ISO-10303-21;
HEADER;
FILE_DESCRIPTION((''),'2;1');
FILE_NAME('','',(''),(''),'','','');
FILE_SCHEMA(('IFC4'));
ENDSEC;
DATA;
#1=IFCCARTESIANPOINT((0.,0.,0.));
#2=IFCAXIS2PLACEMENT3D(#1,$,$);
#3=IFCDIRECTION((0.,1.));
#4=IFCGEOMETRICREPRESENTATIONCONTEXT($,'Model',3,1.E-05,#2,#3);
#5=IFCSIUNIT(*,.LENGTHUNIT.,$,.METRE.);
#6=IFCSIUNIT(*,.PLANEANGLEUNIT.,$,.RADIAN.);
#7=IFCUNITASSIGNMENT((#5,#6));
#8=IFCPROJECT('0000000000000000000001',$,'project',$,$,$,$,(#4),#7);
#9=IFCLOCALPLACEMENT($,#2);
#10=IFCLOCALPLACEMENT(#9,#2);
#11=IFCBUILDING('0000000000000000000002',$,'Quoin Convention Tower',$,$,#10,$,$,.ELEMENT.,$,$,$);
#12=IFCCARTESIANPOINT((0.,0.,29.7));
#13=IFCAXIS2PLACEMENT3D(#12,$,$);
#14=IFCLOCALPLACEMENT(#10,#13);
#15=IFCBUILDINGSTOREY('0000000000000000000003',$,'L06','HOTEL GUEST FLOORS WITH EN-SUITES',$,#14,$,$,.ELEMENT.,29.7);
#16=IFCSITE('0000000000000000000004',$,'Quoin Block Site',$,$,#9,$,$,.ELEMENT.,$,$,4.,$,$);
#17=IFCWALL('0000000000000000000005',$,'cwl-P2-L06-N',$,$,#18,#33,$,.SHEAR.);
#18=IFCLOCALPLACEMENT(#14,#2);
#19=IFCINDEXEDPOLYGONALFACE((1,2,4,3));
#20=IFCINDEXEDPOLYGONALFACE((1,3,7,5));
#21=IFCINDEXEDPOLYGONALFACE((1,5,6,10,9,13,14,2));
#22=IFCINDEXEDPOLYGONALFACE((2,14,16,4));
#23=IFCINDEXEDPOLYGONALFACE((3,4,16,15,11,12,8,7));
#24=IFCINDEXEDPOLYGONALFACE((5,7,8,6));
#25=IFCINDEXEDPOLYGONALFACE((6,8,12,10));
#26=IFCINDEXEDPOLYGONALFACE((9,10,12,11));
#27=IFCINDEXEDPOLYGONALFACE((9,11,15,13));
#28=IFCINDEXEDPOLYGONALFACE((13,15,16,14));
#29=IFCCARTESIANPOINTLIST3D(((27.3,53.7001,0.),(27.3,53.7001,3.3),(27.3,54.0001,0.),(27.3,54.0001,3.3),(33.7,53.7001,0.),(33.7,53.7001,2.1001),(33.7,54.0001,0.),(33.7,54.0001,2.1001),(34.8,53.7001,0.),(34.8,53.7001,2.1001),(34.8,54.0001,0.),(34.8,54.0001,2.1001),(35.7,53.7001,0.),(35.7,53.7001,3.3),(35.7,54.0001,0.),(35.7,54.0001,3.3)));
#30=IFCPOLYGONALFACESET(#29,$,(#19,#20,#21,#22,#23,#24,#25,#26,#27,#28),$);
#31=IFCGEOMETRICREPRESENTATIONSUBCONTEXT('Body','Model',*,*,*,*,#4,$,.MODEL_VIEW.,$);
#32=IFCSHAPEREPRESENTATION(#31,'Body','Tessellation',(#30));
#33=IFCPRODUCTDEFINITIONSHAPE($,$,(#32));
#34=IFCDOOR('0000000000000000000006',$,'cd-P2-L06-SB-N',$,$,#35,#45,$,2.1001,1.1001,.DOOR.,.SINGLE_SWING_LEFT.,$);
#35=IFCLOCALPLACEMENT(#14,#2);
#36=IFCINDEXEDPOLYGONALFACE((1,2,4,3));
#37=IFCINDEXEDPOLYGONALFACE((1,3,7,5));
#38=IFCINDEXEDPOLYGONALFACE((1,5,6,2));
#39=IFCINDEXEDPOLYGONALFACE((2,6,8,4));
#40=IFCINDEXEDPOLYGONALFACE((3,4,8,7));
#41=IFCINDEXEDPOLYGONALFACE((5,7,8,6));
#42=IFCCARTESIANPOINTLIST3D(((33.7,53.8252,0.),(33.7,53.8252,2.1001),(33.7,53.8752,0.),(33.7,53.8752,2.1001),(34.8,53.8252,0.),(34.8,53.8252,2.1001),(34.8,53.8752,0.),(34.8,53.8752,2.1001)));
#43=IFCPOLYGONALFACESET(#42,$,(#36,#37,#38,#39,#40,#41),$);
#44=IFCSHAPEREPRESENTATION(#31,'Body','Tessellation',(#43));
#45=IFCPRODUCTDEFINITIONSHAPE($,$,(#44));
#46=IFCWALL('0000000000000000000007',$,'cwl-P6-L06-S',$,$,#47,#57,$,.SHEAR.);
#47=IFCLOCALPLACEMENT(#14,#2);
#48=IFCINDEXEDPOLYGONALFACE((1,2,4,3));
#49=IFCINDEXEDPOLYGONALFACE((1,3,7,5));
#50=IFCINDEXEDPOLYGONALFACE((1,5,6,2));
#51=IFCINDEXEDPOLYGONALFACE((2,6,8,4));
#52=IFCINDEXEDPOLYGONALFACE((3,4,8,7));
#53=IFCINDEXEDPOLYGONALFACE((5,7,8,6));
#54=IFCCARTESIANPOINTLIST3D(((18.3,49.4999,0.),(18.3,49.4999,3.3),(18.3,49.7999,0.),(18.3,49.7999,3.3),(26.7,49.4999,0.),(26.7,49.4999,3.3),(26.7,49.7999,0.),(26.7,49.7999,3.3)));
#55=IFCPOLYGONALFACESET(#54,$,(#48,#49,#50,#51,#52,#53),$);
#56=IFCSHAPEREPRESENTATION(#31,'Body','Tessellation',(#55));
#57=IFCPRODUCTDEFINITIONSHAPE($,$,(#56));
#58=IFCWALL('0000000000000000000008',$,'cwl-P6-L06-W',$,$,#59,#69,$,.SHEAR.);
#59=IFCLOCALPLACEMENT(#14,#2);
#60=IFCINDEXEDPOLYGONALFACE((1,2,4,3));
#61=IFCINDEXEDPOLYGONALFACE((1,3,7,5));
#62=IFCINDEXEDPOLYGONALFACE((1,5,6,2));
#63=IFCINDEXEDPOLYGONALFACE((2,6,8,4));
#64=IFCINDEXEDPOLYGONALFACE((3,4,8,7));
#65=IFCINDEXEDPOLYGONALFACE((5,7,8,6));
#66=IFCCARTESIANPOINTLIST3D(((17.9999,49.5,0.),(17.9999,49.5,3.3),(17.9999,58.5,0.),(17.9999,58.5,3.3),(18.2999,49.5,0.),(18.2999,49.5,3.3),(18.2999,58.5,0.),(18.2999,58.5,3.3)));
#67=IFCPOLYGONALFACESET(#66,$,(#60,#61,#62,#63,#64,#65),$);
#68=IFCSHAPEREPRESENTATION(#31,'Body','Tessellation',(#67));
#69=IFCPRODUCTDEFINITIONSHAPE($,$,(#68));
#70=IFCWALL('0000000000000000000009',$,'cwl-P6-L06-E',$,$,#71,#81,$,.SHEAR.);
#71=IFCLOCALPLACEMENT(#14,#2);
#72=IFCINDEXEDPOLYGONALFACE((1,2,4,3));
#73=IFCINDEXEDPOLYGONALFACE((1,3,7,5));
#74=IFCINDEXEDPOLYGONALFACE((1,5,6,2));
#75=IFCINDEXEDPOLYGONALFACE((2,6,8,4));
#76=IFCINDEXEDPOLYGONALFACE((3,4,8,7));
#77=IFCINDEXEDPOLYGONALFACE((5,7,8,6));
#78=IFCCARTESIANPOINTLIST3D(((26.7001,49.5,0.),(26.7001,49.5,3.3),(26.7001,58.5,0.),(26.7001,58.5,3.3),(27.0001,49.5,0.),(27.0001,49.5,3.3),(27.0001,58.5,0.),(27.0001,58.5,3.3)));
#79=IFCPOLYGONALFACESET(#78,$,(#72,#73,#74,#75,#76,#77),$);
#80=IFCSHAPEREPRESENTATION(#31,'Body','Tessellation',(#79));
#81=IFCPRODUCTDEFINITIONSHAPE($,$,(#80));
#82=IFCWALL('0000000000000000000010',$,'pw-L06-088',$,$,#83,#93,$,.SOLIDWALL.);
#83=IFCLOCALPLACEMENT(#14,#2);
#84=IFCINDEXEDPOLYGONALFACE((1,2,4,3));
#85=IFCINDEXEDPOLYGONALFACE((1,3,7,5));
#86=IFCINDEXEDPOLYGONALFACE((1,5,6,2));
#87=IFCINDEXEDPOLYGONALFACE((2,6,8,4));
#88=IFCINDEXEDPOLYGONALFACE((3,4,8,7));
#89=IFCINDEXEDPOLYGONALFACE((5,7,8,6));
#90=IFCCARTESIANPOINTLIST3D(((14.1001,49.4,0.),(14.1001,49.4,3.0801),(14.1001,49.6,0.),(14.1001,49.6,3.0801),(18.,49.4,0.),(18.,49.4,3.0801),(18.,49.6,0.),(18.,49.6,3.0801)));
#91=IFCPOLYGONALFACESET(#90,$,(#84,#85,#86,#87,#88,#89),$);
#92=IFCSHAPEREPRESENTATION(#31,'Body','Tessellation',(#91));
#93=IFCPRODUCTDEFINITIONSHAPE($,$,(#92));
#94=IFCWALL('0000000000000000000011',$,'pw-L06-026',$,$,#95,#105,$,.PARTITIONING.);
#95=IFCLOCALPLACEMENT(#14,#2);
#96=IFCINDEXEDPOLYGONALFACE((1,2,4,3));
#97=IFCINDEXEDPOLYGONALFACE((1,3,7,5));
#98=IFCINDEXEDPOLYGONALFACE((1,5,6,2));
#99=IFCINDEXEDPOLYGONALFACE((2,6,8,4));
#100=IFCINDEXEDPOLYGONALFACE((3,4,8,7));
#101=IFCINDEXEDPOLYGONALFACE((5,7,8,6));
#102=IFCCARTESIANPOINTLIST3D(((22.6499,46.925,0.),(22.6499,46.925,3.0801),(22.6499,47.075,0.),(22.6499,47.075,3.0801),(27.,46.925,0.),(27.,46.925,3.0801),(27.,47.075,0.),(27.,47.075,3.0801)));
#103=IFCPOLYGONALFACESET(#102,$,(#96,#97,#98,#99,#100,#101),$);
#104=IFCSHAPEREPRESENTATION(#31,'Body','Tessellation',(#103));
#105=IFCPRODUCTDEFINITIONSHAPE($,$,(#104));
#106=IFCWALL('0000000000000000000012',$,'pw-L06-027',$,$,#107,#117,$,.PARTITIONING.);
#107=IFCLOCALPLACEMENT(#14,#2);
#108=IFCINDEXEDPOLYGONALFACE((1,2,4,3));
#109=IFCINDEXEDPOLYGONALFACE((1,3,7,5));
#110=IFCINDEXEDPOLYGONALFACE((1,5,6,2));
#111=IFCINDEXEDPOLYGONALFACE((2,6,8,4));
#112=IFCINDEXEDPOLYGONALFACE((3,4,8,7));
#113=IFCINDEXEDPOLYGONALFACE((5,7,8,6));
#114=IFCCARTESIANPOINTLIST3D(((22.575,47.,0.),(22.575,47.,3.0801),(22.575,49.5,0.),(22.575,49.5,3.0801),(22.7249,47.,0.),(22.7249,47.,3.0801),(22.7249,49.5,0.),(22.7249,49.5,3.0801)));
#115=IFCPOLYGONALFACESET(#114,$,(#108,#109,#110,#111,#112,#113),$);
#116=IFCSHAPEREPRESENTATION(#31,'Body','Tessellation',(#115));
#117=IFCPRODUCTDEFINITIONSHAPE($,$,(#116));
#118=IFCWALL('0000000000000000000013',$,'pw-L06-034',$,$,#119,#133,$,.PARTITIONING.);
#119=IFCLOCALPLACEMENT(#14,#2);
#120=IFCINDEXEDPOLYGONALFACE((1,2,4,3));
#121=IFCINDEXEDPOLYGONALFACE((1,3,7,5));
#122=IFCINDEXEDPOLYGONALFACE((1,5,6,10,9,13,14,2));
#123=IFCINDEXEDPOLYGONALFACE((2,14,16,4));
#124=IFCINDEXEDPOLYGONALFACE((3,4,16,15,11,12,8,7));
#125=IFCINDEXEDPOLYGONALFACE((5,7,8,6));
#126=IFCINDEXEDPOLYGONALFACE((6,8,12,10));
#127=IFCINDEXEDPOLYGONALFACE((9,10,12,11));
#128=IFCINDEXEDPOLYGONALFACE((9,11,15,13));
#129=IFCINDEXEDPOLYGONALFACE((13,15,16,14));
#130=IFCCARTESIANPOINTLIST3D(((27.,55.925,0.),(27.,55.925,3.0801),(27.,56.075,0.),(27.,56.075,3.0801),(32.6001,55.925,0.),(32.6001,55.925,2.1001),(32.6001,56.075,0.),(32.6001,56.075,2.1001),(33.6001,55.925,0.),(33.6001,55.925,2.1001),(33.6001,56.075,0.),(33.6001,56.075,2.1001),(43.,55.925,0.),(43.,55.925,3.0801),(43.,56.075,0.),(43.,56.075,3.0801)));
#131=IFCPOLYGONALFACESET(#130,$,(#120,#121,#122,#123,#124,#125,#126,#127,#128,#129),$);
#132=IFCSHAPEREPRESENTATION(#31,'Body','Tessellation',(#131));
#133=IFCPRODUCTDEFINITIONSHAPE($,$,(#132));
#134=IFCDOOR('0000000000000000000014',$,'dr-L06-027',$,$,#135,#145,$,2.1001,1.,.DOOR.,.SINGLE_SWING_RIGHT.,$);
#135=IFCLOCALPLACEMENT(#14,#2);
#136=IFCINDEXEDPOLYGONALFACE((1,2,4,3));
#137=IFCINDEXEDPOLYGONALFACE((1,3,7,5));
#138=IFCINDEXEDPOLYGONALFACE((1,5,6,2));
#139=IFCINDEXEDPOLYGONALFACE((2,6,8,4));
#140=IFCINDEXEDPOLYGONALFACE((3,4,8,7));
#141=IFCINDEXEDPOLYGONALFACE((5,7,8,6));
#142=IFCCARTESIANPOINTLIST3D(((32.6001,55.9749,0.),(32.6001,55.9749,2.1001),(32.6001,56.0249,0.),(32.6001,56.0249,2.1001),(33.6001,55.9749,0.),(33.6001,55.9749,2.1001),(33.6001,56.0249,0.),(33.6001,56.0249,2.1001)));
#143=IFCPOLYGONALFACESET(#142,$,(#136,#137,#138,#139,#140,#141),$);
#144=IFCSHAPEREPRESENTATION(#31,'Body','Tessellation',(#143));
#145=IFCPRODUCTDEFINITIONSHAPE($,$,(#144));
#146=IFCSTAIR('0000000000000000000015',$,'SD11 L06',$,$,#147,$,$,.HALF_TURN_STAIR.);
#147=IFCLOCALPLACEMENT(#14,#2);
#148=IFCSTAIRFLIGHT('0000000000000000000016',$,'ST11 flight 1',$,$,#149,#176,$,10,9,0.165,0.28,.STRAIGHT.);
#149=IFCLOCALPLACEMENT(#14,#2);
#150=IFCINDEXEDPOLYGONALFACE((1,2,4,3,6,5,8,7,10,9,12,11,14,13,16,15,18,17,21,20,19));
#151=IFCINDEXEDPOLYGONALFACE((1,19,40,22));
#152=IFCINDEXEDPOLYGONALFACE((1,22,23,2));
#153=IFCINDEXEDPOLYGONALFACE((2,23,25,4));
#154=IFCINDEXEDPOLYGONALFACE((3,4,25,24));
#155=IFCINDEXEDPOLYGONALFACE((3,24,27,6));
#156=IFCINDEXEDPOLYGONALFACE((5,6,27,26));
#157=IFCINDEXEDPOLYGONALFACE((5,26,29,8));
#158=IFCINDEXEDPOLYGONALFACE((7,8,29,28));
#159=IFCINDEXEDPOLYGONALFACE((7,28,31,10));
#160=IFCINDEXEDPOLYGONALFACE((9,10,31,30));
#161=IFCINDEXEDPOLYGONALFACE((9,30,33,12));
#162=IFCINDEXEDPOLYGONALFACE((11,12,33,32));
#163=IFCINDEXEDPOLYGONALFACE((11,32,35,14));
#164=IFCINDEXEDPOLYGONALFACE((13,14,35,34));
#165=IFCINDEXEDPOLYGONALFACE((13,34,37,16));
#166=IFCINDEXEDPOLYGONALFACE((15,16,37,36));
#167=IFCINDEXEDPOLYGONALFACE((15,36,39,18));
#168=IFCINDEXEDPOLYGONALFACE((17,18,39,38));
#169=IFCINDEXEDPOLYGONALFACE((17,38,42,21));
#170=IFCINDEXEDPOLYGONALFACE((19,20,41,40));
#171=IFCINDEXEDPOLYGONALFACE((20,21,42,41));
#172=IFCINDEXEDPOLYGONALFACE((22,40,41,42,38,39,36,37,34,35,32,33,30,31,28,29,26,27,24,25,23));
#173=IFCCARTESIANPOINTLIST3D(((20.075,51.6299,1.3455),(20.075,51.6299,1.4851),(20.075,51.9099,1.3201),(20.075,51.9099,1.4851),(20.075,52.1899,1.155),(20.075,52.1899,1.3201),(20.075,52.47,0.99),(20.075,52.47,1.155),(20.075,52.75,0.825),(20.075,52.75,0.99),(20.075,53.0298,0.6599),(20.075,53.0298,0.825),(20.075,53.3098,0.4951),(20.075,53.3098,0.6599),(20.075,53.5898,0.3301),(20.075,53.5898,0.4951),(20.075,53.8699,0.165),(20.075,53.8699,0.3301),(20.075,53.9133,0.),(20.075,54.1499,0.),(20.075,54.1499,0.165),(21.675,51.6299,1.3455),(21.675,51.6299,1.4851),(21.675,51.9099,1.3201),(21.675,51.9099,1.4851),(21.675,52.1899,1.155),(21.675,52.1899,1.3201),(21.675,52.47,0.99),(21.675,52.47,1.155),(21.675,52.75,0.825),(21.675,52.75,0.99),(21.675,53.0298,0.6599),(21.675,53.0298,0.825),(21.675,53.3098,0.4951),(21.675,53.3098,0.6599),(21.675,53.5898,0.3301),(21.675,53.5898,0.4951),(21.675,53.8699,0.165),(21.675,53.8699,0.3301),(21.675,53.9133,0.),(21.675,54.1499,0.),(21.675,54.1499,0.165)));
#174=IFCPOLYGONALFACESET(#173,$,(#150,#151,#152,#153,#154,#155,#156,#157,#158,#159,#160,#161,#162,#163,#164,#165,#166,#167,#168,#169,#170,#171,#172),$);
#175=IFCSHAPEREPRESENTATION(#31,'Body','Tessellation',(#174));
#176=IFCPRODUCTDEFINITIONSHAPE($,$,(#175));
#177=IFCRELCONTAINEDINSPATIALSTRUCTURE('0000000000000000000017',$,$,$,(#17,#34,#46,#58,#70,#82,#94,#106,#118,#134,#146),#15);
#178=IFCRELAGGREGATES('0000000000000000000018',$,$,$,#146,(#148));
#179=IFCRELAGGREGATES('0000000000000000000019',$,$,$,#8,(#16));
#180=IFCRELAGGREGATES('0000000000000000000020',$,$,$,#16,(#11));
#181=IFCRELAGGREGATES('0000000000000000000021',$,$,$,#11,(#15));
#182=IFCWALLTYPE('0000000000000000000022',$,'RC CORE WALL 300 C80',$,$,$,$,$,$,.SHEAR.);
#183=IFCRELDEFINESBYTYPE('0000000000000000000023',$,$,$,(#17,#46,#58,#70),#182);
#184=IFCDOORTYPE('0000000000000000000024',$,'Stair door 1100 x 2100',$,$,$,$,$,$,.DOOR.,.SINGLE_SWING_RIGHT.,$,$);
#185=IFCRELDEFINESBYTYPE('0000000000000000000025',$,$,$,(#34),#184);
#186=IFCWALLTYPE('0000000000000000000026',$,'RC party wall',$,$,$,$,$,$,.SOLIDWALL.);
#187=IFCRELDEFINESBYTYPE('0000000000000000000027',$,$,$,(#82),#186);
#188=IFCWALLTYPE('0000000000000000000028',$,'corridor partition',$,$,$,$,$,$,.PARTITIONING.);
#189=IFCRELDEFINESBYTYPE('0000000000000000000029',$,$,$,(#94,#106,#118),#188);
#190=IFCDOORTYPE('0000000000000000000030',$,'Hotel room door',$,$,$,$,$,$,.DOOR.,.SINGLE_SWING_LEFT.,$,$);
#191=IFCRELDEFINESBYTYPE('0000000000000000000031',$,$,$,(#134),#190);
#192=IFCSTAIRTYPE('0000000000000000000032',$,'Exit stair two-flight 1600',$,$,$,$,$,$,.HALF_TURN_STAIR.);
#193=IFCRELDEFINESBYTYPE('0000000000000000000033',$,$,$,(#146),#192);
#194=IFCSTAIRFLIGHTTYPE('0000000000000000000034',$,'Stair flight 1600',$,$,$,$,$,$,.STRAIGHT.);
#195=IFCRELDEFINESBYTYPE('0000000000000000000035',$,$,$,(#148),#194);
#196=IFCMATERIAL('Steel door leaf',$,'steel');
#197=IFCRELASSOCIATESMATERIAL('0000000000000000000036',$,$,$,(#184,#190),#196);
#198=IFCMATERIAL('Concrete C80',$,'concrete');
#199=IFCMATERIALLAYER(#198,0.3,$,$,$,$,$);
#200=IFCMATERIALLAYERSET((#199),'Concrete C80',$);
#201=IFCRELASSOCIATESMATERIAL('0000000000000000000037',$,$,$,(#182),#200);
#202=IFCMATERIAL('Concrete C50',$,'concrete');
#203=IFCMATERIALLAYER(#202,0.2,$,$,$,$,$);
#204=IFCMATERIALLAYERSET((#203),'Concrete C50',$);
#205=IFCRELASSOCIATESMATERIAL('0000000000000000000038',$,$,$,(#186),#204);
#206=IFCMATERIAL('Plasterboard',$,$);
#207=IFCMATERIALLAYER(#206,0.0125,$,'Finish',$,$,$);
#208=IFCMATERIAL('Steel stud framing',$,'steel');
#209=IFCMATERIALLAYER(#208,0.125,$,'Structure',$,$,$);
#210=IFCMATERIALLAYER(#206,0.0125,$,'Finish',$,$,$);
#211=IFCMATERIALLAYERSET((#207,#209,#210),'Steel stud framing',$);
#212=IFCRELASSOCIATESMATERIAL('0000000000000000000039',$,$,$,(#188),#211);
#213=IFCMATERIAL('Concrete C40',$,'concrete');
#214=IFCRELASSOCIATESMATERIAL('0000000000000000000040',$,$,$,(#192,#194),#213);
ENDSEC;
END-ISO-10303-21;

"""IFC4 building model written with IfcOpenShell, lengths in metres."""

from ifc_helpers import new_model, si_unit, direction, frame, frame_2d, origin, place, context, subcontext, project, spatial, polyline, rectangle, outline, extrude, material, layer, layer_set, type_object, element, fill, aggregate, save


model = new_model("IFC4")

# Units and contexts
model_context = context("Model", 3, precision=1e-05, world=origin(), true_north=direction((0.0, 1.0)))
body_context = subcontext(model_context, "Body", "Model", "MODEL_VIEW")
ifc_project = project(units=[si_unit("LENGTHUNIT", "METRE"), si_unit("PLANEANGLEUNIT", "RADIAN")], contexts=[model_context])

# Site, building, storey
site_placement = place(None, origin())
site = spatial("IfcSite", under=ifc_project, at=site_placement, Name="Quoin Block Site", CompositionType="ELEMENT", RefElevation=4.0)
building_placement = place(site_placement, origin())
building = spatial("IfcBuilding", under=site, at=building_placement, Name="Quoin Convention Tower", CompositionType="ELEMENT")
storey_placement = place(building_placement, frame((0.0, 0.0, 29.7)))
storey = spatial("IfcBuildingStorey", under=building, at=storey_placement, Name="L06", Description="HOTEL GUEST FLOORS WITH EN-SUITES", CompositionType="ELEMENT", Elevation=29.7)

# Shared definitions
ifc_material_1 = material(Name="Concrete C80", Category="concrete")

# Shared definitions
ifc_material_2 = material(Name="Concrete C50", Category="concrete")

# Shared definitions
ifc_material_3 = material(Name="Steel door leaf", Category="steel")
door_type_1 = type_object("IfcDoorType", Name="Stair door 1100 x 2100", OperationType="SINGLE_SWING_RIGHT", PredefinedType="DOOR", material=ifc_material_3)

# Wall, opening, door
ifc_layer_1 = layer(ifc_material_1, 0.3)
ifc_layer_set_1 = layer_set([ifc_layer_1], Name="Concrete C80")
wall_type_1 = type_object("IfcWallType", Name="RC CORE WALL 300 C80", PredefinedType="SHEAR", material=ifc_layer_set_1)
wall_1_placement = place(storey_placement, frame((27.3, 53.8501, 0.0), z_axis=(0.0, 0.0, 1.0), x_axis=(1.0, 0.0, 0.0)))
wall_1 = element("IfcWall", 1, at=wall_1_placement, inside=storey, type_object=wall_type_1, Name="cwl-P2-L06-N", PredefinedType="SHEAR", context=body_context, shape_type="SweptSolid", body=[
    extrude(rectangle(XDim=8.3999, YDim=0.3, at=frame_2d((4.2, 0.0))), origin(), (0.0, 0.0, 1.0), 3.3),
])
opening_1_placement = place(wall_1_placement, frame((6.3999, 0.0, 0.0)))
opening_1 = element("IfcOpeningElement", 2, at=opening_1_placement, cuts=wall_1, PredefinedType="OPENING", context=body_context, shape_type="SweptSolid", body=[
    extrude(rectangle(XDim=1.1001, YDim=2.1001, at=frame_2d((0.55, 1.05))), frame((0.0, 0.1599, 0.0), z_axis=(0.0, -1.0, 0.0), x_axis=(1.0, 0.0, 0.0)), (0.0, 0.0, 1.0), 0.3201),
])
door_1_placement = place(opening_1_placement, frame((1.1001, 0.0, 0.0), z_axis=(0.0, 0.0, 1.0), x_axis=(-1.0, 0.0, 0.0)))
door_1 = element("IfcDoor", 3, at=door_1_placement, inside=storey, type_object=door_type_1, Name="cd-P2-L06-SB-N", OperationType="SINGLE_SWING_LEFT", OverallHeight=2.1001, OverallWidth=1.1001, PredefinedType="DOOR", context=body_context, shape_type="SweptSolid", body=[
    extrude(rectangle(XDim=1.1001, YDim=2.1001, at=frame_2d((0.55, 1.05))), frame((0.0, 0.0249, 0.0), z_axis=(0.0, -1.0, 0.0), x_axis=(1.0, 0.0, 0.0)), (0.0, 0.0, 1.0), 0.05),
])
fill(opening_1, door_1)

# Walls
wall_2_placement = place(storey_placement, frame((18.3, 49.6499, 0.0), z_axis=(0.0, 0.0, 1.0), x_axis=(1.0, 0.0, 0.0)))
element("IfcWall", 4, at=wall_2_placement, inside=storey, type_object=wall_type_1, Name="cwl-P6-L06-S", PredefinedType="SHEAR", context=body_context, shape_type="SweptSolid", body=[
    extrude(rectangle(XDim=8.3999, YDim=0.3, at=frame_2d((4.2, 0.0))), origin(), (0.0, 0.0, 1.0), 3.3),
])
for number, where, z_axis, x_axis, name in (
    (5, (18.1499, 49.5, 0.0), (0.0, 0.0, 1.0), (0.0, 1.0, 0.0), "cwl-P6-L06-W"),
    (6, (26.8501, 49.5, 0.0), (0.0, 0.0, 1.0), (0.0, 1.0, 0.0), "cwl-P6-L06-E"),
):
    element("IfcWall", number, at=place(storey_placement, frame(where, z_axis=z_axis, x_axis=x_axis)), inside=storey, type_object=wall_type_1, Name=name, PredefinedType="SHEAR", context=body_context, shape_type="SweptSolid", body=[
        extrude(rectangle(XDim=9.0, YDim=0.3, at=frame_2d((4.5, 0.0))), origin(), (0.0, 0.0, 1.0), 3.3),
    ])
ifc_layer_2 = layer(ifc_material_2, 0.2)
ifc_layer_set_2 = layer_set([ifc_layer_2], Name="Concrete C50")
wall_type_2 = type_object("IfcWallType", Name="RC party wall", PredefinedType="SOLIDWALL", material=ifc_layer_set_2)
wall_3_placement = place(storey_placement, frame((14.1001, 49.5, 0.0), z_axis=(0.0, 0.0, 1.0), x_axis=(1.0, 0.0, 0.0)))
element("IfcWall", 7, at=wall_3_placement, inside=storey, type_object=wall_type_2, Name="pw-L06-088", PredefinedType="SOLIDWALL", context=body_context, shape_type="SweptSolid", body=[
    extrude(rectangle(XDim=3.8999, YDim=0.2, at=frame_2d((1.95, 0.0))), origin(), (0.0, 0.0, 1.0), 3.0801),
])
ifc_material_4 = material(Name="Plasterboard")
ifc_layer_3 = layer(ifc_material_4, 0.0125, Name="Finish")
ifc_material_5 = material(Name="Steel stud framing", Category="steel")
ifc_layer_4 = layer(ifc_material_5, 0.125, Name="Structure")
ifc_layer_5 = layer(ifc_material_4, 0.0125, Name="Finish")
ifc_layer_set_3 = layer_set([ifc_layer_3, ifc_layer_4, ifc_layer_5], Name="Steel stud framing")
wall_type_3 = type_object("IfcWallType", Name="corridor partition", PredefinedType="PARTITIONING", material=ifc_layer_set_3)
wall_4_placement = place(storey_placement, frame((22.6499, 47.0, 0.0), z_axis=(0.0, 0.0, 1.0), x_axis=(1.0, 0.0, 0.0)))
element("IfcWall", 8, at=wall_4_placement, inside=storey, type_object=wall_type_3, Name="pw-L06-026", PredefinedType="PARTITIONING", context=body_context, shape_type="SweptSolid", body=[
    extrude(rectangle(XDim=4.3501, YDim=0.1499, at=frame_2d((2.175, 0.0))), origin(), (0.0, 0.0, 1.0), 3.0801),
])
wall_5_placement = place(storey_placement, frame((22.6499, 47.0, 0.0), z_axis=(0.0, 0.0, 1.0), x_axis=(0.0, 1.0, 0.0)))
element("IfcWall", 9, at=wall_5_placement, inside=storey, type_object=wall_type_3, Name="pw-L06-027", PredefinedType="PARTITIONING", context=body_context, shape_type="SweptSolid", body=[
    extrude(rectangle(XDim=2.5, YDim=0.1499, at=frame_2d((1.25, 0.0))), origin(), (0.0, 0.0, 1.0), 3.0801),
])

# Wall, opening, door
wall_6_placement = place(storey_placement, frame((27.0, 56.0, 0.0), z_axis=(0.0, 0.0, 1.0), x_axis=(1.0, 0.0, 0.0)))
wall_6 = element("IfcWall", 10, at=wall_6_placement, inside=storey, type_object=wall_type_3, Name="pw-L06-034", PredefinedType="PARTITIONING", context=body_context, shape_type="SweptSolid", body=[
    extrude(rectangle(XDim=16.0, YDim=0.1499, at=frame_2d((8.0, 0.0))), origin(), (0.0, 0.0, 1.0), 3.0801),
])
opening_2_placement = place(wall_6_placement, frame((5.6001, 0.0, 0.0)))
opening_2 = element("IfcOpeningElement", 11, at=opening_2_placement, cuts=wall_6, PredefinedType="OPENING", context=body_context, shape_type="SweptSolid", body=[
    extrude(rectangle(XDim=1.0, YDim=2.1001, at=frame_2d((0.5, 1.05))), frame((0.0, 0.085, 0.0), z_axis=(0.0, -1.0, 0.0), x_axis=(1.0, 0.0, 0.0)), (0.0, 0.0, 1.0), 0.1699),
])
door_type_2 = type_object("IfcDoorType", Name="Hotel room door", OperationType="SINGLE_SWING_LEFT", PredefinedType="DOOR", material=ifc_material_3)
door_2_placement = place(opening_2_placement, origin())
door_2 = element("IfcDoor", 12, at=door_2_placement, inside=storey, type_object=door_type_2, Name="dr-L06-027", OperationType="SINGLE_SWING_RIGHT", OverallHeight=2.1001, OverallWidth=1.0, PredefinedType="DOOR", context=body_context, shape_type="SweptSolid", body=[
    extrude(rectangle(XDim=1.0, YDim=2.1001, at=frame_2d((0.5, 1.05))), frame((0.0, 0.0249, 0.0), z_axis=(0.0, -1.0, 0.0), x_axis=(1.0, 0.0, 0.0)), (0.0, 0.0, 1.0), 0.05),
])
fill(opening_2, door_2)

# Stair, stair flight
ifc_material_6 = material(Name="Concrete C40", Category="concrete")
stair_type = type_object("IfcStairType", Name="Exit stair two-flight 1600", PredefinedType="HALF_TURN_STAIR", material=ifc_material_6)
stair_1_placement = place(storey_placement, origin())
stair_1 = element("IfcStair", 13, at=stair_1_placement, inside=storey, type_object=stair_type, Name="SD11 L06", PredefinedType="HALF_TURN_STAIR")
stair_flight_type = type_object("IfcStairFlightType", Name="Stair flight 1600", PredefinedType="STRAIGHT", material=ifc_material_6)
stair_flight_1_placement = place(storey_placement, frame((20.875, 54.1499, 0.0), z_axis=(0.0, 0.0, 1.0), x_axis=(0.0, -1.0, 0.0)))
stair_flight_1 = element("IfcStairFlight", 14, at=stair_flight_1_placement, type_object=stair_flight_type, Name="ST11 flight 1", NumberOfRisers=10, NumberOfTreads=9, PredefinedType="STRAIGHT", RiserHeight=0.165, TreadLength=0.28, context=body_context, shape_type="SweptSolid", body=[
    extrude(outline(polyline([(0.0, 0.0), (0.0, 0.165), (0.28, 0.165), (0.28, 0.3301), (0.5601, 0.3301), (0.5601, 0.4951), (0.8401, 0.4951), (0.8401, 0.6599), (1.1201, 0.6599), (1.1201, 0.825), (1.3999, 0.825), (1.3999, 0.99), (1.6799, 0.99), (1.6799, 1.155), (1.96, 1.155), (1.96, 1.3201), (2.24, 1.3201), (2.24, 1.4851), (2.52, 1.4851), (2.52, 1.6499), (2.52, 1.3455), (0.2366, 0.0), (0.0, 0.0)])), frame((0.0, 0.8, 0.0), z_axis=(0.0, -1.0, 0.0), x_axis=(1.0, 0.0, 0.0)), (0.0, 0.0, 1.0), 1.6001),
])
aggregate(stair_1, [stair_flight_1])

save(model, "model.ifc")
